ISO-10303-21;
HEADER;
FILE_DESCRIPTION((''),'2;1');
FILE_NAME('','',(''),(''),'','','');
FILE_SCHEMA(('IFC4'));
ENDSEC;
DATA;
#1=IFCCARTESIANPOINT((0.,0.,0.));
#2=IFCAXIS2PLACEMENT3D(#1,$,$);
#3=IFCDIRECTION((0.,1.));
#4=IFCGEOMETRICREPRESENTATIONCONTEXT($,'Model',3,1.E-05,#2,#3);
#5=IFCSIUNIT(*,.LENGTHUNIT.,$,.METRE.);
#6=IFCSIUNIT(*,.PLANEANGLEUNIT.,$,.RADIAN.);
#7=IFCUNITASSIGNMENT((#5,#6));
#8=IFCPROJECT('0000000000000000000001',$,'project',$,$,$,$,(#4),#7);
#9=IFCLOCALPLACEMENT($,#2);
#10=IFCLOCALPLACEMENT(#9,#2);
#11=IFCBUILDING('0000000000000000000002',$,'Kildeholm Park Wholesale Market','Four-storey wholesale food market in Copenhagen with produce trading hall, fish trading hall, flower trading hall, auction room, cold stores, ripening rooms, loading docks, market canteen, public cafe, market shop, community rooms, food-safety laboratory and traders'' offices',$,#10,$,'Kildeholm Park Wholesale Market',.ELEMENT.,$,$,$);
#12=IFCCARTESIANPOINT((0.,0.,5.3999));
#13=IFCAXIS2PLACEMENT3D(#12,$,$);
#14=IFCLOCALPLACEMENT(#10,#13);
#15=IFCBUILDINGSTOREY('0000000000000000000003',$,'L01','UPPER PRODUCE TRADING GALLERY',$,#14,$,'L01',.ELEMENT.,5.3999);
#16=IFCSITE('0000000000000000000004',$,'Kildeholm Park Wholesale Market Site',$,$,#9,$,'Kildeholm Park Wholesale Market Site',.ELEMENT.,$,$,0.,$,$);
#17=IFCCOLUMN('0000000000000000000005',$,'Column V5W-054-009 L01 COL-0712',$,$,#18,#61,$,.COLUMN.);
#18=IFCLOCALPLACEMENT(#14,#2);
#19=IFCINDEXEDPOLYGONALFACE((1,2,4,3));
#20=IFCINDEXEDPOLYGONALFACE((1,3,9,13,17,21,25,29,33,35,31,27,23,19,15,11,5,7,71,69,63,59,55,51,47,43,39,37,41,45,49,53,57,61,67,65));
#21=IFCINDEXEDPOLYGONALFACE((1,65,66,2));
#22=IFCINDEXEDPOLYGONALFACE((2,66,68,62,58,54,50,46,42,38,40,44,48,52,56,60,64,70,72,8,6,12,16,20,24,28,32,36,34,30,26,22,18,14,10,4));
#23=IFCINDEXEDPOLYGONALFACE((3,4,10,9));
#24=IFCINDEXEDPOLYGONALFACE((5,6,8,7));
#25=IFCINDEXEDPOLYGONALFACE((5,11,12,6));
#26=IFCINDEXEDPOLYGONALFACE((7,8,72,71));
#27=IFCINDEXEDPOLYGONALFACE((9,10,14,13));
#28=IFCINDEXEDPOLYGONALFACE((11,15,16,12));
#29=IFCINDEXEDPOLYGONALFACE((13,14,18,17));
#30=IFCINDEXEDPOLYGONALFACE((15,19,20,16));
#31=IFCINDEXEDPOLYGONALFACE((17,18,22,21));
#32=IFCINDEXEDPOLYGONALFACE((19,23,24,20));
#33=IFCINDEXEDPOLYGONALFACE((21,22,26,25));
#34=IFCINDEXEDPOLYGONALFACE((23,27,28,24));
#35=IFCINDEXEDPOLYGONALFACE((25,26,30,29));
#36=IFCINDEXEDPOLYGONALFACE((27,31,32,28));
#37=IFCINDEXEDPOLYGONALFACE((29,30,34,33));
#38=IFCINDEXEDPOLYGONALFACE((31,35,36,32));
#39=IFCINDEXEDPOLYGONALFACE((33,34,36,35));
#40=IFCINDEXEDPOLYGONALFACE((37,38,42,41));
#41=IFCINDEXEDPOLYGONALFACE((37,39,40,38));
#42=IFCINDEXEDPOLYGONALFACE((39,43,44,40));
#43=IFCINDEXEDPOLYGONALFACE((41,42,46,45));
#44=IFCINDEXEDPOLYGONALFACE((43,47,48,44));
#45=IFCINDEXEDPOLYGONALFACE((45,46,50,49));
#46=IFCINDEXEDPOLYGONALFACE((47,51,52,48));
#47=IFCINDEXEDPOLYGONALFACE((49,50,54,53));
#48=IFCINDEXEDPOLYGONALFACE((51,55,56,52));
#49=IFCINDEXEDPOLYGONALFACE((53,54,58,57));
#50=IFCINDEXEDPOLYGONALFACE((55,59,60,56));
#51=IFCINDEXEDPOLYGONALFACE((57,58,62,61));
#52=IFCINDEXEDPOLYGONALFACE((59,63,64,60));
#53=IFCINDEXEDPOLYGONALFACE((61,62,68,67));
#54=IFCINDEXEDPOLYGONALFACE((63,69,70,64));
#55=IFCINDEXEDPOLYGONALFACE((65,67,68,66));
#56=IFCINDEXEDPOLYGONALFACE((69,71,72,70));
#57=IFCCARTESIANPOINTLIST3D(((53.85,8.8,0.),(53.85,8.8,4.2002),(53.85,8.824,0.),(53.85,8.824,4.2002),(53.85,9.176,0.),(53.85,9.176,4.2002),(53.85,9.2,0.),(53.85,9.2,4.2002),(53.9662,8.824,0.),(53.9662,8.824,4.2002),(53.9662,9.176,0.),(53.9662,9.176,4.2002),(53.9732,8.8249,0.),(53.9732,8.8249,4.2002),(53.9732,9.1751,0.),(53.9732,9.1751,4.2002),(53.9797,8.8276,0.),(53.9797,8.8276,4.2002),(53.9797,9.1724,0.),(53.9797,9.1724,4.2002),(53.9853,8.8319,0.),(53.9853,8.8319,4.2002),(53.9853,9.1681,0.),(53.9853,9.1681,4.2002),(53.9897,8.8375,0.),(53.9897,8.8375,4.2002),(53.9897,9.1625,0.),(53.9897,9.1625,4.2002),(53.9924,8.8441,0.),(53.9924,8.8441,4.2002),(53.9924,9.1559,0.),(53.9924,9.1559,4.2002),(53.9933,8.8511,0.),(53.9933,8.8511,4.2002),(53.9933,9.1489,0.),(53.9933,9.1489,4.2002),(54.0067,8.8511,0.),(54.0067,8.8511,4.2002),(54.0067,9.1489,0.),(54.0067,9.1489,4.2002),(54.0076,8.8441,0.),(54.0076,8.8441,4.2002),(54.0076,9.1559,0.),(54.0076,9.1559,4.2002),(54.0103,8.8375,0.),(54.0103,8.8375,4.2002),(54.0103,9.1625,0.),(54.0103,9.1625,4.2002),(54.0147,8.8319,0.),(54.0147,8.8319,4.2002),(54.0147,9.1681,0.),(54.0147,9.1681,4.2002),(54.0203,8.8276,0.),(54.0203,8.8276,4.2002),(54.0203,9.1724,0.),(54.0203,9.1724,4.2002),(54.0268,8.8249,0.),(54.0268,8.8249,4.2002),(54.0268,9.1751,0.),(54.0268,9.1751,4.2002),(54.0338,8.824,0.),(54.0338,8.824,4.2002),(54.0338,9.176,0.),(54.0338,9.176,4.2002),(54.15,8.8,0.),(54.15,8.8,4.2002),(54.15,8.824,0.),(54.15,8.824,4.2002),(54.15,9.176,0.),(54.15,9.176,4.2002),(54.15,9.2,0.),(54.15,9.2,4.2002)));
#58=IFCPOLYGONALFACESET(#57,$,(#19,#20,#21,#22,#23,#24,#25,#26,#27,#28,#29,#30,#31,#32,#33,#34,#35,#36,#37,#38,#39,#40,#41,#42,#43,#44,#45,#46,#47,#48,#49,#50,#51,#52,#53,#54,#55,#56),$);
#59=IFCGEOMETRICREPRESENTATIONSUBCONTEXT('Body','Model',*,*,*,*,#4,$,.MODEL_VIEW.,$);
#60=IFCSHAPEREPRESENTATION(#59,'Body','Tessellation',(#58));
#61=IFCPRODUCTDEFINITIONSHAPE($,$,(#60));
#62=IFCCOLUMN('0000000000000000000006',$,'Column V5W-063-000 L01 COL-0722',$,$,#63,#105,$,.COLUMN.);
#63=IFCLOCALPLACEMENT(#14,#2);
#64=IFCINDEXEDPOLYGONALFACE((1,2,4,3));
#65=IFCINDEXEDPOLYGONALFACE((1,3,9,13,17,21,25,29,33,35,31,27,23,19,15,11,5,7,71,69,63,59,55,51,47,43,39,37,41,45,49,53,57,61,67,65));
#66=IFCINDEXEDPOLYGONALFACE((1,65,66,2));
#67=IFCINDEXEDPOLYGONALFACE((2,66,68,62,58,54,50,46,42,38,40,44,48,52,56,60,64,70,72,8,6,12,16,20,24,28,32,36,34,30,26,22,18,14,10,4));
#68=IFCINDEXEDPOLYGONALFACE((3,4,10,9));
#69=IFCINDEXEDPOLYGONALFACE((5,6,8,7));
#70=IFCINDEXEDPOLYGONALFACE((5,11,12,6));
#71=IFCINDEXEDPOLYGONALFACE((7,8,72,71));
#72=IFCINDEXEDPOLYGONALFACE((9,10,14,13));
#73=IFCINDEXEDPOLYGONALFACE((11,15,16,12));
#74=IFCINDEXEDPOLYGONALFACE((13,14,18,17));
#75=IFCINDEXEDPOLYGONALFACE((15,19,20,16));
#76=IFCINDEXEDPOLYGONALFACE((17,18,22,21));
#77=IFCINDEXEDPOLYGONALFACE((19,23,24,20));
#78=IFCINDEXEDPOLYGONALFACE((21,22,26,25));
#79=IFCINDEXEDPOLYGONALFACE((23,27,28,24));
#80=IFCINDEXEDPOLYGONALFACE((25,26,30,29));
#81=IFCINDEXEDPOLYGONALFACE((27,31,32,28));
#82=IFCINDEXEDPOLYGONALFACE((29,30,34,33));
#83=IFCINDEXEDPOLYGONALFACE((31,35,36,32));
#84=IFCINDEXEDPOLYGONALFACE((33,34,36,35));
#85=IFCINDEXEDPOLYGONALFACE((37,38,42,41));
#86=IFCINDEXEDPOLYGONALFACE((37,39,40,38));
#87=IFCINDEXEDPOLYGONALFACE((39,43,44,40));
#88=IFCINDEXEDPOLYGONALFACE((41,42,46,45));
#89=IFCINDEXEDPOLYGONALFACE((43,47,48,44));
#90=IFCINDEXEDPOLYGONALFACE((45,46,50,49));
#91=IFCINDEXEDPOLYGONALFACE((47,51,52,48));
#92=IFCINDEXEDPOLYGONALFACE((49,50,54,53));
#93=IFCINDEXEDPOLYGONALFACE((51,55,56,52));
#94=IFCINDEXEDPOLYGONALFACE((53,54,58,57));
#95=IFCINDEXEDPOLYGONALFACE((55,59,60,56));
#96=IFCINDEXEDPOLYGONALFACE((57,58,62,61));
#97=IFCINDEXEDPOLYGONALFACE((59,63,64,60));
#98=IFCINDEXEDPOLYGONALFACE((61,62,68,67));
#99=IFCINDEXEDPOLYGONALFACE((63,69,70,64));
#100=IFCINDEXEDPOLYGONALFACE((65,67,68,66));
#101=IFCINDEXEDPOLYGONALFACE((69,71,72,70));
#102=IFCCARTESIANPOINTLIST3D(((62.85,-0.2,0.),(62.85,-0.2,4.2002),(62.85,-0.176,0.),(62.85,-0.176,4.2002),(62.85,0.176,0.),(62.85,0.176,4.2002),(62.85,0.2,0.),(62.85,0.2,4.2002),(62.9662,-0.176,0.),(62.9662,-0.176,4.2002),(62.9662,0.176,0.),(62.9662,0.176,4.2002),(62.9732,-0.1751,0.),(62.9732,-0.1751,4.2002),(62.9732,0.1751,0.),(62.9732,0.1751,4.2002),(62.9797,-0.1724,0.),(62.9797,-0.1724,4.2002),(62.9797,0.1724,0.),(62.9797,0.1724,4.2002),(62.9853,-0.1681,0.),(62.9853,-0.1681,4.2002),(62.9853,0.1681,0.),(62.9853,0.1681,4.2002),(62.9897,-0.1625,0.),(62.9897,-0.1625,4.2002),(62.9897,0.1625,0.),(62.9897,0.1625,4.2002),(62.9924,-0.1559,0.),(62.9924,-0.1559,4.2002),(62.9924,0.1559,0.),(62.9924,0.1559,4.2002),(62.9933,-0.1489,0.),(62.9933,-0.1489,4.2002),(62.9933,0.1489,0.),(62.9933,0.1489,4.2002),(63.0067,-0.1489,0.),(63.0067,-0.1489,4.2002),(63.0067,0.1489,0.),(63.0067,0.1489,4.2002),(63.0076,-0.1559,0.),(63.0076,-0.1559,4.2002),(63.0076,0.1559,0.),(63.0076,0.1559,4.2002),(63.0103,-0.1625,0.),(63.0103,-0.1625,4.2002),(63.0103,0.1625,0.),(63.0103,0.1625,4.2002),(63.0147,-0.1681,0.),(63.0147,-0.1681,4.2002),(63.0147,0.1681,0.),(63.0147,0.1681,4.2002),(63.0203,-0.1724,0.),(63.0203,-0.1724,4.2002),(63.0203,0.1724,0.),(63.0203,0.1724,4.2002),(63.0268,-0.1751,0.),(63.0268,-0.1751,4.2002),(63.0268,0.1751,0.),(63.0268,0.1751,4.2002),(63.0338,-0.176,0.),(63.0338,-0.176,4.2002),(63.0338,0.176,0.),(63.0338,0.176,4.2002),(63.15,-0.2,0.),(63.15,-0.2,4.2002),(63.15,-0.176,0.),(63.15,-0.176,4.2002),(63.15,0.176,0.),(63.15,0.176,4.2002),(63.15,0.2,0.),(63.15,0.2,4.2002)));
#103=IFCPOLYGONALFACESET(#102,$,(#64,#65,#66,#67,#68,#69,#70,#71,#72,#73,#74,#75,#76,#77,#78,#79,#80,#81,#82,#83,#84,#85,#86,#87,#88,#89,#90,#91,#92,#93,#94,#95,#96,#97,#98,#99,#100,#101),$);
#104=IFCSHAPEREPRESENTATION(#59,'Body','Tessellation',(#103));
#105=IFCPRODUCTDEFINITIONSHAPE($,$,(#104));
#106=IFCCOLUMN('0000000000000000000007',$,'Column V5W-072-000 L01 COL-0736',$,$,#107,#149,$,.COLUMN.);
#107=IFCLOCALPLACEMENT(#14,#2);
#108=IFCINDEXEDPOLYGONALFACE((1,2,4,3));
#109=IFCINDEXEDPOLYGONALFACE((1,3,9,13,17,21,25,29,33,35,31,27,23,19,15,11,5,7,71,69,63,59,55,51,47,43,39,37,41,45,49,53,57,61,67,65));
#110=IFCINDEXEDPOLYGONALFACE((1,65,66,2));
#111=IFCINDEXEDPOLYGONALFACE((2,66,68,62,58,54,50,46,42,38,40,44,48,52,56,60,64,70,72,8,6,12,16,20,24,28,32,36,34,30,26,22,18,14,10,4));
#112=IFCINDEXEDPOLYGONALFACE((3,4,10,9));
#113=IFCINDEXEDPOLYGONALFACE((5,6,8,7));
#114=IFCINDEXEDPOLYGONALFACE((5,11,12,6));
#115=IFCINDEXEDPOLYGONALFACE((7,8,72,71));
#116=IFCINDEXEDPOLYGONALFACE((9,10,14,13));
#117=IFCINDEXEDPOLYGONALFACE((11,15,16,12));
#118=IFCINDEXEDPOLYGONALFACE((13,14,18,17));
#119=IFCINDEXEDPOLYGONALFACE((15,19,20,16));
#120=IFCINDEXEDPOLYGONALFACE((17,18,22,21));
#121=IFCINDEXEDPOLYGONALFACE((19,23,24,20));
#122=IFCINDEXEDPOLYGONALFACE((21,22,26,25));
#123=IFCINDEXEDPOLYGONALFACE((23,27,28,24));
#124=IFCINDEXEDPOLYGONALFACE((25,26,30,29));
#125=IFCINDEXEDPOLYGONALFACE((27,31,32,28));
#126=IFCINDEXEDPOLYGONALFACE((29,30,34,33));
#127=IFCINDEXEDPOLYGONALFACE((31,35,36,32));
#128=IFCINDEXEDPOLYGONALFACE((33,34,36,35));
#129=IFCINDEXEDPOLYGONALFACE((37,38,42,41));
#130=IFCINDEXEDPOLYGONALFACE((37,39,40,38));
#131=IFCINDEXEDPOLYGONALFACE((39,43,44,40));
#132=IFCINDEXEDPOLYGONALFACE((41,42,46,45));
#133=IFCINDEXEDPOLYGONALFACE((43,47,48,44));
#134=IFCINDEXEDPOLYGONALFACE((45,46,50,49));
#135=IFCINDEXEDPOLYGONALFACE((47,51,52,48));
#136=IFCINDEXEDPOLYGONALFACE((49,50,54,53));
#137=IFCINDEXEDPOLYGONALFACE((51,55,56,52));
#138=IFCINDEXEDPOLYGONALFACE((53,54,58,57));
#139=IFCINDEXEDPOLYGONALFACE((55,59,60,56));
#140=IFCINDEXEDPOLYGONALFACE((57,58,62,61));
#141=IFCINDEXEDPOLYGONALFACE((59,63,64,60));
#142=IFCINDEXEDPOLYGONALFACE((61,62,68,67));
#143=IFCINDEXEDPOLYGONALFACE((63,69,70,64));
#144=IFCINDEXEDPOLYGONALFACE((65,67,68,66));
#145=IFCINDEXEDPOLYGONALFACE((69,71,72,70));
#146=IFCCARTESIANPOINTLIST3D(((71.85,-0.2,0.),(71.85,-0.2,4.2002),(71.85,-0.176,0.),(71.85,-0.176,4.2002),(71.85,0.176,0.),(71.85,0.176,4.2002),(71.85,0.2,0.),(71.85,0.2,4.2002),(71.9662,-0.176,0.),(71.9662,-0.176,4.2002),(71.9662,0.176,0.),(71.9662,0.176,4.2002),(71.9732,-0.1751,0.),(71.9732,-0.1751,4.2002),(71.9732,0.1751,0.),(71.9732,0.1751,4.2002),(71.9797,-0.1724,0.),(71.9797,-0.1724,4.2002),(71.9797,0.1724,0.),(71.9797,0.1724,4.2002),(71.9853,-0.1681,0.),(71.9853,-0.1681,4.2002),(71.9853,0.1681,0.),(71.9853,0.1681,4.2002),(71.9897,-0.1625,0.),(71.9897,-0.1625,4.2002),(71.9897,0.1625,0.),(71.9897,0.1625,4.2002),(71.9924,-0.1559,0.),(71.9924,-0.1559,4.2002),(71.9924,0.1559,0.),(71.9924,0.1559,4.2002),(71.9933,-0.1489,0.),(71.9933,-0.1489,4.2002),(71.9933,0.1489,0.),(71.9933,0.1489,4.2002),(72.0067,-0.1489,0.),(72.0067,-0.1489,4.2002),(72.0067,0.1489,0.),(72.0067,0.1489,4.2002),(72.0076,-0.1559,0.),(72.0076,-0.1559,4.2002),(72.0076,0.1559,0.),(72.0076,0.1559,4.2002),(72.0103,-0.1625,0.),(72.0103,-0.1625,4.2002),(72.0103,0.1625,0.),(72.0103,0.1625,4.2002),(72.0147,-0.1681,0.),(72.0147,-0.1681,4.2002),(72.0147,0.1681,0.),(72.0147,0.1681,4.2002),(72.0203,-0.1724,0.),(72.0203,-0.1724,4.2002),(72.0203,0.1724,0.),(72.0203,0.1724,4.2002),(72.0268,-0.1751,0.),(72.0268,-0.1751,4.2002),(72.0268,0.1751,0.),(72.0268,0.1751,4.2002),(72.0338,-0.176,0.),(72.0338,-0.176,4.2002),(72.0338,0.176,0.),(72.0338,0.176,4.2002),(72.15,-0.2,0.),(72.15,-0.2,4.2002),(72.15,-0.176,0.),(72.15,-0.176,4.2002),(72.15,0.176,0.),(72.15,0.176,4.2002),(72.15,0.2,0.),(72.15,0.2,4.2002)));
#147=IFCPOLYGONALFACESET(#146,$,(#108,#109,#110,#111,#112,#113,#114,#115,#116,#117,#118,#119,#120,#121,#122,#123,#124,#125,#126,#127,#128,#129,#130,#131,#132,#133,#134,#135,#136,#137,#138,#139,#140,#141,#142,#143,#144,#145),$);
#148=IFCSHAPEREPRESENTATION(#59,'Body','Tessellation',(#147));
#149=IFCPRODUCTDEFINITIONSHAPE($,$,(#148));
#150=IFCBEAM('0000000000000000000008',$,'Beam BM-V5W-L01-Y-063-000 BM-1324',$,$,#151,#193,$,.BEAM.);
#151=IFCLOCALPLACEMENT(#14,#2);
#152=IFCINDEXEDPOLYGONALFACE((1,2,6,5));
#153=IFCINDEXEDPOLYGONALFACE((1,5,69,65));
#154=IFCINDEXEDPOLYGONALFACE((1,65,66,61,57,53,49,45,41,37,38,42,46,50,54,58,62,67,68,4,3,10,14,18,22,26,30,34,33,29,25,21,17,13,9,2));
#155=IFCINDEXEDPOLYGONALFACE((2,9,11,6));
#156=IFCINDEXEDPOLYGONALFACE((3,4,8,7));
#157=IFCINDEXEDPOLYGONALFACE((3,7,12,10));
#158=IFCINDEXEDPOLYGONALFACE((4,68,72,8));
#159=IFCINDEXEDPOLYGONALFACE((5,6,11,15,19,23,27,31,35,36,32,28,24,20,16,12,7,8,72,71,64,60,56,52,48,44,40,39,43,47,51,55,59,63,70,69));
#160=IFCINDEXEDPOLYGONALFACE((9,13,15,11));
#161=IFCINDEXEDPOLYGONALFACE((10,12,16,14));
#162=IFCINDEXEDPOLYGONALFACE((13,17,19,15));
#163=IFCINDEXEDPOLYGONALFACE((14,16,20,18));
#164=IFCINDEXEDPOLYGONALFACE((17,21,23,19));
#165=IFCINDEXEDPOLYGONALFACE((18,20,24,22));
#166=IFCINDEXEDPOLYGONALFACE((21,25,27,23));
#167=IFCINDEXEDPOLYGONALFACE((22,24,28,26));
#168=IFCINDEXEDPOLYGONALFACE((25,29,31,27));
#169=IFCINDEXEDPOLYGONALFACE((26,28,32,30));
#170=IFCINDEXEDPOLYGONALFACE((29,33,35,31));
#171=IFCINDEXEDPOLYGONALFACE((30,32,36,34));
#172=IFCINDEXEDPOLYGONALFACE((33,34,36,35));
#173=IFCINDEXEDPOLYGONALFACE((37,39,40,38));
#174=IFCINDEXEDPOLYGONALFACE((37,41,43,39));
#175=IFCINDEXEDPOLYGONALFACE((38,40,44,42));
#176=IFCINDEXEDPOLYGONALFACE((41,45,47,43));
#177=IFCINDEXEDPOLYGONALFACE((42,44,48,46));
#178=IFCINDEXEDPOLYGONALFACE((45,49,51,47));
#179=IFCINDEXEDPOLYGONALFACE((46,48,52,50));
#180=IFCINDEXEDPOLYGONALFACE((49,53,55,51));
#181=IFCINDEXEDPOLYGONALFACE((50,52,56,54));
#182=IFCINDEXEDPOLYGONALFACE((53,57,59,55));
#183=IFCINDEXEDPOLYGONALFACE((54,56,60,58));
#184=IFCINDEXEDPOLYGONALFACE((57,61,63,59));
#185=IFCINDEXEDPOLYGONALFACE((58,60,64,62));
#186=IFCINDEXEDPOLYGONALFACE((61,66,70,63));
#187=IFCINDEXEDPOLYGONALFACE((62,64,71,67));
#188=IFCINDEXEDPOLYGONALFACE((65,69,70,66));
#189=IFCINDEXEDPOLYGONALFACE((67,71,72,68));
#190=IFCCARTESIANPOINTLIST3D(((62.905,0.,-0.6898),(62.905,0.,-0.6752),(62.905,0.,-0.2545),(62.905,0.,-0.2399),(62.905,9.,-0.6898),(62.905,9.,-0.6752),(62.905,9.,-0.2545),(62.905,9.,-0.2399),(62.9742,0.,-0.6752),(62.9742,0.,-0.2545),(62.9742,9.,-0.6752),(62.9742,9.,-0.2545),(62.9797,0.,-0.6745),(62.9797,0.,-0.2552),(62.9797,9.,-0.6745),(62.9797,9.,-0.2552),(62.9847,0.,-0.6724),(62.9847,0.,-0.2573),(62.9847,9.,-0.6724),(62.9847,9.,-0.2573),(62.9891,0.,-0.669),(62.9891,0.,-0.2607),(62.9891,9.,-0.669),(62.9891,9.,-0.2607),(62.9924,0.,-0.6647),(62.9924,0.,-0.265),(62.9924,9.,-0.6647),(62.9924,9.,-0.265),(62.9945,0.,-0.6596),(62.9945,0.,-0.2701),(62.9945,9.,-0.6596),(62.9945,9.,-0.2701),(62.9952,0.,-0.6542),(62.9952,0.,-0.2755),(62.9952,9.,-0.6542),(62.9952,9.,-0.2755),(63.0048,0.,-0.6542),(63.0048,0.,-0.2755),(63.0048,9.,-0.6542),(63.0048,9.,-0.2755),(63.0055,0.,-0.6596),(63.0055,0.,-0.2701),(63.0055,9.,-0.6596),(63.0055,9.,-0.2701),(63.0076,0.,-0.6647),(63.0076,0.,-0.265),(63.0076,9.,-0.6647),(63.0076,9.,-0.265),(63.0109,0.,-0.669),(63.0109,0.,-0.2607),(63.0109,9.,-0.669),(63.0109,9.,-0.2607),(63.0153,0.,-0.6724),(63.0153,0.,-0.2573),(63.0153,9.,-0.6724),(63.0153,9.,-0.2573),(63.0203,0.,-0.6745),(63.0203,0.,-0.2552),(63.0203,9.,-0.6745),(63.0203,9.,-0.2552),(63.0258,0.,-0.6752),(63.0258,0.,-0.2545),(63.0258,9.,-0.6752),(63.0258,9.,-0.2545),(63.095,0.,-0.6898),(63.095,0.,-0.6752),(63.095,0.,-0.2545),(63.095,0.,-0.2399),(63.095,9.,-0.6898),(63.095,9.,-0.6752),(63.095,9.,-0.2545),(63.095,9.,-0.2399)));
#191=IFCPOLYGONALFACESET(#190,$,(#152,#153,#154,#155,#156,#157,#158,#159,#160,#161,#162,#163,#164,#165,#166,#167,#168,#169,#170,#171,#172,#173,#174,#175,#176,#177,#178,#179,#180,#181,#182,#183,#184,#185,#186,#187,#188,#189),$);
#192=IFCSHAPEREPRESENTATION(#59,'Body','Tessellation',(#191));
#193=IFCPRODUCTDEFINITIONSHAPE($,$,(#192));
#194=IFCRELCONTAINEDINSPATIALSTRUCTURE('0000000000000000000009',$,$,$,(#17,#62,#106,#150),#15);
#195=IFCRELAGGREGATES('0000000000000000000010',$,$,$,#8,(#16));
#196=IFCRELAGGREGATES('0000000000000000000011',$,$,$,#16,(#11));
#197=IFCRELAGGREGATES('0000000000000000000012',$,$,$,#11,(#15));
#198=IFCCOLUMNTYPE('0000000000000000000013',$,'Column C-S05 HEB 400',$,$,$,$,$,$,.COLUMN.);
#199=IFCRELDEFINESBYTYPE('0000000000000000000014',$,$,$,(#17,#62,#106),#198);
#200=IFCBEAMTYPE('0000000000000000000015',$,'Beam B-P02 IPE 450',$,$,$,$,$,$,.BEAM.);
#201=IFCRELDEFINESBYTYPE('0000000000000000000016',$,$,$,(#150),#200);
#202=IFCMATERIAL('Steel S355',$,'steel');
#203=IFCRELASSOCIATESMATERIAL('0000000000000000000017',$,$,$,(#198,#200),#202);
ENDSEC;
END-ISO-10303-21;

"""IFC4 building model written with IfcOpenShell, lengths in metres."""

from ifc_helpers import new_model, si_unit, direction, frame, origin, origin_2d, place, context, subcontext, project, spatial, i_section, extrude, material, material_profile, profile_set, type_object, element, save


model = new_model("IFC4")

# Units and contexts
model_context = context("Model", 3, precision=1e-05, world=origin(), true_north=direction((0.0, 1.0)))
body_context = subcontext(model_context, "Body", "Model", "MODEL_VIEW")
ifc_project = project(units=[si_unit("LENGTHUNIT", "METRE"), si_unit("PLANEANGLEUNIT", "RADIAN")], contexts=[model_context])

# Site, building, storey
site_placement = place(None, origin())
site = spatial("IfcSite", under=ifc_project, at=site_placement, Name="Kildeholm Park Wholesale Market Site", LongName="Kildeholm Park Wholesale Market Site", CompositionType="ELEMENT", RefElevation=0.0)
building_placement = place(site_placement, origin())
building = spatial("IfcBuilding", under=site, at=building_placement, Name="Kildeholm Park Wholesale Market", Description="Four-storey wholesale food market in Copenhagen with produce trading hall, fish trading hall, flower trading hall, auction room, cold stores, ripening rooms, loading docks, market canteen, public cafe, market shop, community rooms, food-safety laboratory and traders' offices", LongName="Kildeholm Park Wholesale Market", CompositionType="ELEMENT")
storey_placement = place(building_placement, frame((0.0, 0.0, 5.3999)))
storey = spatial("IfcBuildingStorey", under=building, at=storey_placement, Name="L01", Description="UPPER PRODUCE TRADING GALLERY", LongName="L01", CompositionType="ELEMENT", Elevation=5.3999)

# Columns
ifc_material_1 = material(Name="Steel S355", Category="steel")
ifc_material_profile_1 = material_profile(ifc_material_1, i_section(OverallWidth=0.3, OverallDepth=0.3999, WebThickness=0.0134, FlangeThickness=0.0239, FilletRadius=0.0271, at=origin_2d()), Name="HEB 400")
ifc_profile_set_1 = profile_set([ifc_material_profile_1], Name="Steel S355")
column_type = type_object("IfcColumnType", Name="Column C-S05 HEB 400", PredefinedType="COLUMN", material=ifc_profile_set_1)
for number, where, z_axis, x_axis, name in (
    (1, (54.0, 9.0, 0.0), (0.0, 0.0, 1.0), (1.0, 0.0, 0.0), "Column V5W-054-009 L01 COL-0712"),
    (2, (63.0, 0.0, 0.0), (0.0, 0.0, 1.0), (1.0, 0.0, 0.0), "Column V5W-063-000 L01 COL-0722"),
    (3, (72.0, 0.0, 0.0), (0.0, 0.0, 1.0), (1.0, 0.0, 0.0), "Column V5W-072-000 L01 COL-0736"),
):
    element("IfcColumn", number, at=place(storey_placement, frame(where, z_axis=z_axis, x_axis=x_axis)), inside=storey, type_object=column_type, Name=name, PredefinedType="COLUMN", context=body_context, shape_type="SweptSolid", body=[
        extrude(i_section(OverallWidth=0.3, OverallDepth=0.3999, WebThickness=0.0134, FlangeThickness=0.0239, FilletRadius=0.0271, at=origin_2d()), origin(), (0.0, 0.0, 1.0), 4.2002),
    ])

# Beam
ifc_material_profile_2 = material_profile(ifc_material_1, i_section(OverallWidth=0.1899, OverallDepth=0.45, WebThickness=0.0095, FlangeThickness=0.0146, FilletRadius=0.021, at=origin_2d()), Name="IPE 450")
ifc_profile_set_2 = profile_set([ifc_material_profile_2], Name="Steel S355")
beam_type_1 = type_object("IfcBeamType", Name="Beam B-P02 IPE 450", PredefinedType="BEAM", material=ifc_profile_set_2)
beam_1_placement = place(storey_placement, frame((63.0, 0.0, -0.4648), z_axis=(0.0, 1.0, 0.0), x_axis=(-1.0, 0.0, 0.0)))
element("IfcBeam", 4, at=beam_1_placement, inside=storey, type_object=beam_type_1, Name="Beam BM-V5W-L01-Y-063-000 BM-1324", PredefinedType="BEAM", context=body_context, shape_type="SweptSolid", body=[
    extrude(i_section(OverallWidth=0.1899, OverallDepth=0.45, WebThickness=0.0095, FlangeThickness=0.0146, FilletRadius=0.021, at=origin_2d()), origin(), (0.0, 0.0, 1.0), 9.0),
])

save(model, "model.ifc")
